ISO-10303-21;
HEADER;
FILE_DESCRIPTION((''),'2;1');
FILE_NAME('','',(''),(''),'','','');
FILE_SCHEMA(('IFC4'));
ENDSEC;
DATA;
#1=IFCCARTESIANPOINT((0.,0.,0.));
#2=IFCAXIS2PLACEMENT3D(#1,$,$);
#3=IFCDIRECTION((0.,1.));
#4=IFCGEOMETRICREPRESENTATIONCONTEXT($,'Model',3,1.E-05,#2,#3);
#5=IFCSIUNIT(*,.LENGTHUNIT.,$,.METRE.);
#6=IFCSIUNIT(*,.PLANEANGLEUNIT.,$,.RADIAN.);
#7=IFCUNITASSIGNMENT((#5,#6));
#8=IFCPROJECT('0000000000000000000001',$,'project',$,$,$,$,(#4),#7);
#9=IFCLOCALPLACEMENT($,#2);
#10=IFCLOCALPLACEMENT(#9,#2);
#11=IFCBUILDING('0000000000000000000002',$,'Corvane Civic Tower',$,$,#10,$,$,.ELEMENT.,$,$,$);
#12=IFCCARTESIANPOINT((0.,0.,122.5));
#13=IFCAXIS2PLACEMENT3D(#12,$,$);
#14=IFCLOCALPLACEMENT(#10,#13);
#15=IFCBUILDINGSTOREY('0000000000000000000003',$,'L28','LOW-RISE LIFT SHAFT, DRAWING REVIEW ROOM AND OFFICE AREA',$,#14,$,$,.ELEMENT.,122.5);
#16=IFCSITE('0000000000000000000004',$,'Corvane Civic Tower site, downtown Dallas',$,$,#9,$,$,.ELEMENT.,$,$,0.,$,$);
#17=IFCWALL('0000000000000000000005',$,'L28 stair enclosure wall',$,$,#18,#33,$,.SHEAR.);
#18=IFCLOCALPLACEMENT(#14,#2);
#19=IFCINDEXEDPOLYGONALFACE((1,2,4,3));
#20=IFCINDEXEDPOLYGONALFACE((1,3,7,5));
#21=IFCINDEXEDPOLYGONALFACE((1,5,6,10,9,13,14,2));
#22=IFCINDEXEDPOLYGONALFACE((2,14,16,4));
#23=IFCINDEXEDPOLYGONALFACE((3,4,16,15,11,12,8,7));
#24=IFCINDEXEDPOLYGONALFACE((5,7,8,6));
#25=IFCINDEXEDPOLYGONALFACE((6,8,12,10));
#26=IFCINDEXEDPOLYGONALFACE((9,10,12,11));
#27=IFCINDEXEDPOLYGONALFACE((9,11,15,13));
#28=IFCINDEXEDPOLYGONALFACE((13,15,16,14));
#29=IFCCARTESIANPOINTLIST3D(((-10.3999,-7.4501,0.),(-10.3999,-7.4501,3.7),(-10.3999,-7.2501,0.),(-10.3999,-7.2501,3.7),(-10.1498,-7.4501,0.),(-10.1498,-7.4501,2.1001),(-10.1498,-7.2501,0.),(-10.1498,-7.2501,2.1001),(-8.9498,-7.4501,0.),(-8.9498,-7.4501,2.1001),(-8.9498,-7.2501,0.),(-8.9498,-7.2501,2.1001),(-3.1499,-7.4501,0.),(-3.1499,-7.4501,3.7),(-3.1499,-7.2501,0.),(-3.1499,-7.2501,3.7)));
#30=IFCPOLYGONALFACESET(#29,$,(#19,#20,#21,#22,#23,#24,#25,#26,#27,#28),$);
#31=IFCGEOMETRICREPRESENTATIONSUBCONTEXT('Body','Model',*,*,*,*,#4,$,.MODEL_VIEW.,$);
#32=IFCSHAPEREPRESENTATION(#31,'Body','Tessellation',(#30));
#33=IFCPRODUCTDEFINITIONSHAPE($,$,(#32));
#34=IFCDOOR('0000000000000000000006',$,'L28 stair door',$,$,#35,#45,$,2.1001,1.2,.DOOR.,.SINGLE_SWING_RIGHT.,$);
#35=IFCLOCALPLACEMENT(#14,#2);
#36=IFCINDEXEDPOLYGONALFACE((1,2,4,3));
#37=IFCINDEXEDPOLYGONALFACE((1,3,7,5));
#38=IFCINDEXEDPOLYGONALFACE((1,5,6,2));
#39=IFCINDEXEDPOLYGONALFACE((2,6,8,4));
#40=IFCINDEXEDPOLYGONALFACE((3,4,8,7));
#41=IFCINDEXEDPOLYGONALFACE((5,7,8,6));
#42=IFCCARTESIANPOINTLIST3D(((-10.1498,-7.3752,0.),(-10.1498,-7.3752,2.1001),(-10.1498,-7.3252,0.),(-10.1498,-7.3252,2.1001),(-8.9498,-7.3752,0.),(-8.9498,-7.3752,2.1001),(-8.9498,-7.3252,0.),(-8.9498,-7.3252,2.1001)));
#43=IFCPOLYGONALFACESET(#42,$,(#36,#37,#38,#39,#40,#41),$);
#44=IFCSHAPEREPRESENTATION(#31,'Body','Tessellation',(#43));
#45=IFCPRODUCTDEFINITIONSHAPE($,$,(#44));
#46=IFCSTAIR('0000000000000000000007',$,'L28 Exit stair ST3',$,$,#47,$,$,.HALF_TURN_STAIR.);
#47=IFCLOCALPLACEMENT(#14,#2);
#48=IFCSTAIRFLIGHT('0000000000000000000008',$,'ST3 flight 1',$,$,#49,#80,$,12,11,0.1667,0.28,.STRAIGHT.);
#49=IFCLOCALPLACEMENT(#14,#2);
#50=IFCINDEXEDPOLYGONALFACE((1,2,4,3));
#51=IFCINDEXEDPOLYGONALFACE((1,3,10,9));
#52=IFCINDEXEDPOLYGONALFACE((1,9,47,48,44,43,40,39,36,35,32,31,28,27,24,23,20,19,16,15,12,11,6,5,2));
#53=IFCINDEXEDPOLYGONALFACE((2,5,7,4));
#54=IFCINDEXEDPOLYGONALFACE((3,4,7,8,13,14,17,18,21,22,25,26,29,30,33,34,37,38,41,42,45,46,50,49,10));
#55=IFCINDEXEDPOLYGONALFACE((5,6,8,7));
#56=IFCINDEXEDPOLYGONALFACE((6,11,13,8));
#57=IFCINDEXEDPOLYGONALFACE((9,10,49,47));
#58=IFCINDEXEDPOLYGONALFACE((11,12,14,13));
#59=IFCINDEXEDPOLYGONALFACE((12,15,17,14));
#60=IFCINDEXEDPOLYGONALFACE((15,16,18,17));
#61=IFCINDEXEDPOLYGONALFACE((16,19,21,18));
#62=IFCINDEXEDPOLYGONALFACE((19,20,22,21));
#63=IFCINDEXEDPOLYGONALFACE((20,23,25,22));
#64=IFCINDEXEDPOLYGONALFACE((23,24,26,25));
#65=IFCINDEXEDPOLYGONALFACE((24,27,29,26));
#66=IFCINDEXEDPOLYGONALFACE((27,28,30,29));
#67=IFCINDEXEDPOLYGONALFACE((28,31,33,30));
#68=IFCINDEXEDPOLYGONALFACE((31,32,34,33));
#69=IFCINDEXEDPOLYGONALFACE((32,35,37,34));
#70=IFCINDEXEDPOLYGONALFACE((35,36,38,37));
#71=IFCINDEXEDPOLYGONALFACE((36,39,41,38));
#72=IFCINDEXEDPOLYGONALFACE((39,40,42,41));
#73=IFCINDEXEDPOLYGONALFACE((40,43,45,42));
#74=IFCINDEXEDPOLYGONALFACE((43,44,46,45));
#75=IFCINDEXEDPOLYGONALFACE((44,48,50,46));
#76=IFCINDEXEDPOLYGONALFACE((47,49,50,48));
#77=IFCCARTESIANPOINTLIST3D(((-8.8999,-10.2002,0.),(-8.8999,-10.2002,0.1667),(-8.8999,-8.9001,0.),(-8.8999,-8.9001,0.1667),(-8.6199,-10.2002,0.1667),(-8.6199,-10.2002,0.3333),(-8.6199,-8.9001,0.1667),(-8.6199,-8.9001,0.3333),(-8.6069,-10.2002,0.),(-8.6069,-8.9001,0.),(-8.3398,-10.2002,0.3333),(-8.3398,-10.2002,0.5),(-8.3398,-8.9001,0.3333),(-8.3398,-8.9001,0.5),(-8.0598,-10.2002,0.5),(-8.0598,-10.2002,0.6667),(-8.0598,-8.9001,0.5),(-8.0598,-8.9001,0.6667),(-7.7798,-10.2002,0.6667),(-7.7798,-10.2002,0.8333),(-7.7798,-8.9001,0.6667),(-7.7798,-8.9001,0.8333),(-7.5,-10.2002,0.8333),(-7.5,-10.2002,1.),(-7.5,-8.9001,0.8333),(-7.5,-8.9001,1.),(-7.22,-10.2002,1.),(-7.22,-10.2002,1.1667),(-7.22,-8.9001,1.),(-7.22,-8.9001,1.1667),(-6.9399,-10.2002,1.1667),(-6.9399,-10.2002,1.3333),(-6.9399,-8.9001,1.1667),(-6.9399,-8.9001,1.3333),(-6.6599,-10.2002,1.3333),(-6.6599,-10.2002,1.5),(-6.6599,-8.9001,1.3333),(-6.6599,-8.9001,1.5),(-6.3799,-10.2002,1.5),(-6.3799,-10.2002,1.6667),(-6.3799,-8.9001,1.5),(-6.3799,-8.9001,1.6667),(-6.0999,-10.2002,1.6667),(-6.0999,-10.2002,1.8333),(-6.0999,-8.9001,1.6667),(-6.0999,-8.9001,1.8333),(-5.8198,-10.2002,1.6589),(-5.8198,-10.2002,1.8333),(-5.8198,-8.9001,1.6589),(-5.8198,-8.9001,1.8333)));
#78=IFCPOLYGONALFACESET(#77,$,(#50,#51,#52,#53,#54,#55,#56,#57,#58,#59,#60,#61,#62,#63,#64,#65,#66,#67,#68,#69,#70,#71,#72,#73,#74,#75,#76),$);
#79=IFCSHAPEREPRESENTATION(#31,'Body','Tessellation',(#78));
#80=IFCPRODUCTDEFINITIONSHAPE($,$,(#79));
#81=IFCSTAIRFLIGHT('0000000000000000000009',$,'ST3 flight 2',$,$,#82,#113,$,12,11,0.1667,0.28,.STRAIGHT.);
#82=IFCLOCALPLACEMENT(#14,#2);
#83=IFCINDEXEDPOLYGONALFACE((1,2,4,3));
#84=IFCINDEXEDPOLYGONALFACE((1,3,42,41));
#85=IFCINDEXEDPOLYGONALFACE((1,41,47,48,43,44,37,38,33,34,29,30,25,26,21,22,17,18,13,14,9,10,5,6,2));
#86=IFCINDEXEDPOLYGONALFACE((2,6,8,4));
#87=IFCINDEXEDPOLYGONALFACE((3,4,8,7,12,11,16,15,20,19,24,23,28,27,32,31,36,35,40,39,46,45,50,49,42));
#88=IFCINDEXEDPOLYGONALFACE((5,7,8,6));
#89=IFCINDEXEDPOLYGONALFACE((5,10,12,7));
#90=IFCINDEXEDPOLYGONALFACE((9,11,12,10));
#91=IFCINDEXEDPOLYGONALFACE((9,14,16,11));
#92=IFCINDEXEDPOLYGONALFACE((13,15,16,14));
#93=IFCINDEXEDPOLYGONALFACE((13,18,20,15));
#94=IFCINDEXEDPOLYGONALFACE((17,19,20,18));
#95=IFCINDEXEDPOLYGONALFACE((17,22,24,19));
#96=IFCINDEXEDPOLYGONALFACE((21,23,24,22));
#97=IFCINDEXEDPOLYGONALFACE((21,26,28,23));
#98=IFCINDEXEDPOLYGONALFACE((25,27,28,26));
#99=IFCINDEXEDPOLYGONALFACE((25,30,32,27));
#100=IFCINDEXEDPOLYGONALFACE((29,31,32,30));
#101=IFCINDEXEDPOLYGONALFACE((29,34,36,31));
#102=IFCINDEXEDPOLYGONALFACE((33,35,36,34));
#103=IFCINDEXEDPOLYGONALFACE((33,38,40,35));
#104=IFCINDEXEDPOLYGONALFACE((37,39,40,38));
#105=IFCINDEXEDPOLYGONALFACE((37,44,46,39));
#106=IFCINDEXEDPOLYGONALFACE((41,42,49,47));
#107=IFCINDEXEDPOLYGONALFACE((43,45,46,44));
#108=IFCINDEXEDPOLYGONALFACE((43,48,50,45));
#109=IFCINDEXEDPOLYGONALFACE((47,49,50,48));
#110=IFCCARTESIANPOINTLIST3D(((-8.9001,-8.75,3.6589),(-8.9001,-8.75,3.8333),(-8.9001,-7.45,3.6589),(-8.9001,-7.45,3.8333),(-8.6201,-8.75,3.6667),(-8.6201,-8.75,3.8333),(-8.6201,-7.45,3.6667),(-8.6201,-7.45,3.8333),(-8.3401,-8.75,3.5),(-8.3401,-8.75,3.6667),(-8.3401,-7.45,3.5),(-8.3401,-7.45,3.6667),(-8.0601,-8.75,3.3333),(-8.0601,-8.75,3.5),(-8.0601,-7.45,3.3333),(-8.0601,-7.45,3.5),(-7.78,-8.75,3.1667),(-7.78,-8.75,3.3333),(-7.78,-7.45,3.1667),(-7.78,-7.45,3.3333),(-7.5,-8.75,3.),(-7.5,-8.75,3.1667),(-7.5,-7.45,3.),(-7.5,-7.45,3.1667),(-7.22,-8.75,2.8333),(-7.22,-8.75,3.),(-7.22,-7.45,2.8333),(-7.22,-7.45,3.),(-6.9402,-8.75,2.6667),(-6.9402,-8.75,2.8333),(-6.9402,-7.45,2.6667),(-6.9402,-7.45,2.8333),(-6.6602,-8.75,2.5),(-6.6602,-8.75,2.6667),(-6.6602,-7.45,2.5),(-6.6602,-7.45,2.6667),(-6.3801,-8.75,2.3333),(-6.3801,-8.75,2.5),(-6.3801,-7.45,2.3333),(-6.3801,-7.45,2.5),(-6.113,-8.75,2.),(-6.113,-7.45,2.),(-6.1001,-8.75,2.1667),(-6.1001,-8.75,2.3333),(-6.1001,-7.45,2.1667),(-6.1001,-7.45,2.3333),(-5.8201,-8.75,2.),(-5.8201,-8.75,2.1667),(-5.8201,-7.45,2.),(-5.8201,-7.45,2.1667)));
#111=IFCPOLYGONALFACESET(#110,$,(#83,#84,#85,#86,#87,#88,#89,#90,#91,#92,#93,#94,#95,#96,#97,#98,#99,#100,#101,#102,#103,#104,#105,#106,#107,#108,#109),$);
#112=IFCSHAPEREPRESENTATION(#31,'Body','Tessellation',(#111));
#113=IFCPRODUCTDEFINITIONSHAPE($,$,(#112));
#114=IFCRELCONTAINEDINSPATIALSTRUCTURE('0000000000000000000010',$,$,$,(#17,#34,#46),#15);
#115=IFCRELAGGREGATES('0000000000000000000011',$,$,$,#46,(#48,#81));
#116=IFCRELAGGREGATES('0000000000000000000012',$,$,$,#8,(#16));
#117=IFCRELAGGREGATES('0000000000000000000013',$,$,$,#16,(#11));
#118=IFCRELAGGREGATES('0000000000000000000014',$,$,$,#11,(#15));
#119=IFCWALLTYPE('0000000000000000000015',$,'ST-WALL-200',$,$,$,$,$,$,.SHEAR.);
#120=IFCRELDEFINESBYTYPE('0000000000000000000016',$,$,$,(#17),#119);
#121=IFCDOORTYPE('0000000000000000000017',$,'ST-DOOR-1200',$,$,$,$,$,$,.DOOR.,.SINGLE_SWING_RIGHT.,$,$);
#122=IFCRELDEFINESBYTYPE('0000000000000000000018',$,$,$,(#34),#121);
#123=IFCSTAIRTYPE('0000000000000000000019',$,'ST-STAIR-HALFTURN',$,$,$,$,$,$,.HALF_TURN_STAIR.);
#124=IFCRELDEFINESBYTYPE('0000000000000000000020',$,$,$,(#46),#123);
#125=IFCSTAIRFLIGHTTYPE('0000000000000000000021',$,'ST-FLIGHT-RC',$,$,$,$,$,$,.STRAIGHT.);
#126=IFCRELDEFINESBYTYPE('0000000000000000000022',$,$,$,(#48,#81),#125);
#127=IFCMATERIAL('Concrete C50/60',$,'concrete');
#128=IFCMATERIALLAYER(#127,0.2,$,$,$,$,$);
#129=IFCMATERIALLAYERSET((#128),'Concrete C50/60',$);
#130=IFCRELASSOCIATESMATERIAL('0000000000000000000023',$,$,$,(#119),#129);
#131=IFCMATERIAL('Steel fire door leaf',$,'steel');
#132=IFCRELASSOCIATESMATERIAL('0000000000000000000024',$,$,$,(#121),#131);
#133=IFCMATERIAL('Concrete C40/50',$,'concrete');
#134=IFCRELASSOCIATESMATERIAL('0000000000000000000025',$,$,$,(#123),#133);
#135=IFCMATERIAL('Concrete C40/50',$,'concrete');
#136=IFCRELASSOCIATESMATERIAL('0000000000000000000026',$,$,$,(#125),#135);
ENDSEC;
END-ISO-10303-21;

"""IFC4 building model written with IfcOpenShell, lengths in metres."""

from ifc_helpers import new_model, si_unit, direction, frame, frame_2d, origin, place, context, subcontext, project, spatial, polyline, rectangle, outline, extrude, material, layer, layer_set, type_object, element, fill, aggregate, save


model = new_model("IFC4")

# Units and contexts
model_context = context("Model", 3, precision=1e-05, world=origin(), true_north=direction((0.0, 1.0)))
body_context = subcontext(model_context, "Body", "Model", "MODEL_VIEW")
ifc_project = project(units=[si_unit("LENGTHUNIT", "METRE"), si_unit("PLANEANGLEUNIT", "RADIAN")], contexts=[model_context])

# Site, building, storey
site_placement = place(None, origin())
site = spatial("IfcSite", under=ifc_project, at=site_placement, Name="Corvane Civic Tower site, downtown Dallas", CompositionType="ELEMENT", RefElevation=0.0)
building_placement = place(site_placement, origin())
building = spatial("IfcBuilding", under=site, at=building_placement, Name="Corvane Civic Tower", CompositionType="ELEMENT")
storey_placement = place(building_placement, frame((0.0, 0.0, 122.5)))
storey = spatial("IfcBuildingStorey", under=building, at=storey_placement, Name="L28", Description="LOW-RISE LIFT SHAFT, DRAWING REVIEW ROOM AND OFFICE AREA", CompositionType="ELEMENT", Elevation=122.5)

# Wall, opening, door
ifc_material_1 = material(Name="Concrete C50/60", Category="concrete")
ifc_layer_1 = layer(ifc_material_1, 0.2)
ifc_layer_set_1 = layer_set([ifc_layer_1], Name="Concrete C50/60")
wall_type_1 = type_object("IfcWallType", Name="ST-WALL-200", PredefinedType="SHEAR", material=ifc_layer_set_1)
wall_1_placement = place(storey_placement, frame((-10.3999, -7.3501, 0.0), z_axis=(0.0, 0.0, 1.0), x_axis=(1.0, 0.0, 0.0)))
wall_1 = element("IfcWall", 1, at=wall_1_placement, inside=storey, type_object=wall_type_1, Name="L28 stair enclosure wall", PredefinedType="SHEAR", context=body_context, shape_type="SweptSolid", body=[
    extrude(rectangle(XDim=7.25, YDim=0.2, at=frame_2d((3.625, 0.0))), origin(), (0.0, 0.0, 1.0), 3.7),
])
opening_1_placement = place(wall_1_placement, frame((0.25, 0.0, 0.0)))
opening_1 = element("IfcOpeningElement", 2, at=opening_1_placement, cuts=wall_1, PredefinedType="OPENING", context=body_context, shape_type="SweptSolid", body=[
    extrude(rectangle(XDim=1.2, YDim=2.1001, at=frame_2d((0.6001, 1.05))), frame((0.0, 0.1099, 0.0), z_axis=(0.0, -1.0, 0.0), x_axis=(1.0, 0.0, 0.0)), (0.0, 0.0, 1.0), 0.22),
])
ifc_material_2 = material(Name="Steel fire door leaf", Category="steel")
door_type_1 = type_object("IfcDoorType", Name="ST-DOOR-1200", OperationType="SINGLE_SWING_RIGHT", PredefinedType="DOOR", material=ifc_material_2)
door_1_placement = place(opening_1_placement, origin())
door_1 = element("IfcDoor", 3, at=door_1_placement, inside=storey, type_object=door_type_1, Name="L28 stair door", OperationType="SINGLE_SWING_RIGHT", OverallHeight=2.1001, OverallWidth=1.2, PredefinedType="DOOR", context=body_context, shape_type="SweptSolid", body=[
    extrude(rectangle(XDim=1.2, YDim=2.1001, at=frame_2d((0.6001, 1.05))), frame((0.0, 0.0249, 0.0), z_axis=(0.0, -1.0, 0.0), x_axis=(1.0, 0.0, 0.0)), (0.0, 0.0, 1.0), 0.05),
])
fill(opening_1, door_1)

# Stair, stair flights
ifc_material_3 = material(Name="Concrete C40/50", Category="concrete")
stair_type = type_object("IfcStairType", Name="ST-STAIR-HALFTURN", PredefinedType="HALF_TURN_STAIR", material=ifc_material_3)
stair_placement = place(storey_placement, origin())
stair = element("IfcStair", 4, at=stair_placement, inside=storey, type_object=stair_type, Name="L28 Exit stair ST3", PredefinedType="HALF_TURN_STAIR")
ifc_material_4 = material(Name="Concrete C40/50", Category="concrete")
stair_flight_type = type_object("IfcStairFlightType", Name="ST-FLIGHT-RC", PredefinedType="STRAIGHT", material=ifc_material_4)
stair_flight_1_placement = place(storey_placement, frame((-8.8999, -9.55, 0.0), z_axis=(0.0, 0.0, 1.0), x_axis=(1.0, 0.0, 0.0)))
stair_flight_1 = element("IfcStairFlight", 5, at=stair_flight_1_placement, type_object=stair_flight_type, Name="ST3 flight 1", NumberOfRisers=12, NumberOfTreads=11, PredefinedType="STRAIGHT", RiserHeight=0.1667, TreadLength=0.28, context=body_context, shape_type="SweptSolid", body=[
    extrude(outline(polyline([(0.0, 0.0), (0.0, 0.1667), (0.28, 0.1667), (0.28, 0.3333), (0.5601, 0.3333), (0.5601, 0.5), (0.8401, 0.5), (0.8401, 0.6667), (1.1201, 0.6667), (1.1201, 0.8333), (1.3999, 0.8333), (1.3999, 1.0), (1.6799, 1.0), (1.6799, 1.1667), (1.96, 1.1667), (1.96, 1.3333), (2.24, 1.3333), (2.24, 1.5), (2.52, 1.5), (2.52, 1.6667), (2.8, 1.6667), (2.8, 1.8333), (3.0801, 1.8333), (3.0801, 2.0), (3.0801, 1.6589), (0.293, 0.0), (0.0, 0.0)])), frame((0.0, 0.6499, 0.0), z_axis=(0.0, -1.0, 0.0), x_axis=(1.0, 0.0, 0.0)), (0.0, 0.0, 1.0), 1.3),
])
stair_flight_2_placement = place(storey_placement, frame((-5.8201, -8.1001, 2.0), z_axis=(0.0, 0.0, 1.0), x_axis=(-1.0, 0.0, 0.0)))
stair_flight_2 = element("IfcStairFlight", 6, at=stair_flight_2_placement, type_object=stair_flight_type, Name="ST3 flight 2", NumberOfRisers=12, NumberOfTreads=11, PredefinedType="STRAIGHT", RiserHeight=0.1667, TreadLength=0.28, context=body_context, shape_type="SweptSolid", body=[
    extrude(outline(polyline([(0.0, 0.0), (0.0, 0.1667), (0.28, 0.1667), (0.28, 0.3333), (0.5601, 0.3333), (0.5601, 0.5), (0.8401, 0.5), (0.8401, 0.6667), (1.1201, 0.6667), (1.1201, 0.8333), (1.3999, 0.8333), (1.3999, 1.0), (1.6799, 1.0), (1.6799, 1.1667), (1.96, 1.1667), (1.96, 1.3333), (2.24, 1.3333), (2.24, 1.5), (2.52, 1.5), (2.52, 1.6667), (2.8, 1.6667), (2.8, 1.8333), (3.0801, 1.8333), (3.0801, 2.0), (3.0801, 1.6589), (0.293, 0.0), (0.0, 0.0)])), frame((0.0, 0.6499, 0.0), z_axis=(0.0, -1.0, 0.0), x_axis=(1.0, 0.0, 0.0)), (0.0, 0.0, 1.0), 1.3),
])
aggregate(stair, [stair_flight_1, stair_flight_2])

save(model, "model.ifc")
